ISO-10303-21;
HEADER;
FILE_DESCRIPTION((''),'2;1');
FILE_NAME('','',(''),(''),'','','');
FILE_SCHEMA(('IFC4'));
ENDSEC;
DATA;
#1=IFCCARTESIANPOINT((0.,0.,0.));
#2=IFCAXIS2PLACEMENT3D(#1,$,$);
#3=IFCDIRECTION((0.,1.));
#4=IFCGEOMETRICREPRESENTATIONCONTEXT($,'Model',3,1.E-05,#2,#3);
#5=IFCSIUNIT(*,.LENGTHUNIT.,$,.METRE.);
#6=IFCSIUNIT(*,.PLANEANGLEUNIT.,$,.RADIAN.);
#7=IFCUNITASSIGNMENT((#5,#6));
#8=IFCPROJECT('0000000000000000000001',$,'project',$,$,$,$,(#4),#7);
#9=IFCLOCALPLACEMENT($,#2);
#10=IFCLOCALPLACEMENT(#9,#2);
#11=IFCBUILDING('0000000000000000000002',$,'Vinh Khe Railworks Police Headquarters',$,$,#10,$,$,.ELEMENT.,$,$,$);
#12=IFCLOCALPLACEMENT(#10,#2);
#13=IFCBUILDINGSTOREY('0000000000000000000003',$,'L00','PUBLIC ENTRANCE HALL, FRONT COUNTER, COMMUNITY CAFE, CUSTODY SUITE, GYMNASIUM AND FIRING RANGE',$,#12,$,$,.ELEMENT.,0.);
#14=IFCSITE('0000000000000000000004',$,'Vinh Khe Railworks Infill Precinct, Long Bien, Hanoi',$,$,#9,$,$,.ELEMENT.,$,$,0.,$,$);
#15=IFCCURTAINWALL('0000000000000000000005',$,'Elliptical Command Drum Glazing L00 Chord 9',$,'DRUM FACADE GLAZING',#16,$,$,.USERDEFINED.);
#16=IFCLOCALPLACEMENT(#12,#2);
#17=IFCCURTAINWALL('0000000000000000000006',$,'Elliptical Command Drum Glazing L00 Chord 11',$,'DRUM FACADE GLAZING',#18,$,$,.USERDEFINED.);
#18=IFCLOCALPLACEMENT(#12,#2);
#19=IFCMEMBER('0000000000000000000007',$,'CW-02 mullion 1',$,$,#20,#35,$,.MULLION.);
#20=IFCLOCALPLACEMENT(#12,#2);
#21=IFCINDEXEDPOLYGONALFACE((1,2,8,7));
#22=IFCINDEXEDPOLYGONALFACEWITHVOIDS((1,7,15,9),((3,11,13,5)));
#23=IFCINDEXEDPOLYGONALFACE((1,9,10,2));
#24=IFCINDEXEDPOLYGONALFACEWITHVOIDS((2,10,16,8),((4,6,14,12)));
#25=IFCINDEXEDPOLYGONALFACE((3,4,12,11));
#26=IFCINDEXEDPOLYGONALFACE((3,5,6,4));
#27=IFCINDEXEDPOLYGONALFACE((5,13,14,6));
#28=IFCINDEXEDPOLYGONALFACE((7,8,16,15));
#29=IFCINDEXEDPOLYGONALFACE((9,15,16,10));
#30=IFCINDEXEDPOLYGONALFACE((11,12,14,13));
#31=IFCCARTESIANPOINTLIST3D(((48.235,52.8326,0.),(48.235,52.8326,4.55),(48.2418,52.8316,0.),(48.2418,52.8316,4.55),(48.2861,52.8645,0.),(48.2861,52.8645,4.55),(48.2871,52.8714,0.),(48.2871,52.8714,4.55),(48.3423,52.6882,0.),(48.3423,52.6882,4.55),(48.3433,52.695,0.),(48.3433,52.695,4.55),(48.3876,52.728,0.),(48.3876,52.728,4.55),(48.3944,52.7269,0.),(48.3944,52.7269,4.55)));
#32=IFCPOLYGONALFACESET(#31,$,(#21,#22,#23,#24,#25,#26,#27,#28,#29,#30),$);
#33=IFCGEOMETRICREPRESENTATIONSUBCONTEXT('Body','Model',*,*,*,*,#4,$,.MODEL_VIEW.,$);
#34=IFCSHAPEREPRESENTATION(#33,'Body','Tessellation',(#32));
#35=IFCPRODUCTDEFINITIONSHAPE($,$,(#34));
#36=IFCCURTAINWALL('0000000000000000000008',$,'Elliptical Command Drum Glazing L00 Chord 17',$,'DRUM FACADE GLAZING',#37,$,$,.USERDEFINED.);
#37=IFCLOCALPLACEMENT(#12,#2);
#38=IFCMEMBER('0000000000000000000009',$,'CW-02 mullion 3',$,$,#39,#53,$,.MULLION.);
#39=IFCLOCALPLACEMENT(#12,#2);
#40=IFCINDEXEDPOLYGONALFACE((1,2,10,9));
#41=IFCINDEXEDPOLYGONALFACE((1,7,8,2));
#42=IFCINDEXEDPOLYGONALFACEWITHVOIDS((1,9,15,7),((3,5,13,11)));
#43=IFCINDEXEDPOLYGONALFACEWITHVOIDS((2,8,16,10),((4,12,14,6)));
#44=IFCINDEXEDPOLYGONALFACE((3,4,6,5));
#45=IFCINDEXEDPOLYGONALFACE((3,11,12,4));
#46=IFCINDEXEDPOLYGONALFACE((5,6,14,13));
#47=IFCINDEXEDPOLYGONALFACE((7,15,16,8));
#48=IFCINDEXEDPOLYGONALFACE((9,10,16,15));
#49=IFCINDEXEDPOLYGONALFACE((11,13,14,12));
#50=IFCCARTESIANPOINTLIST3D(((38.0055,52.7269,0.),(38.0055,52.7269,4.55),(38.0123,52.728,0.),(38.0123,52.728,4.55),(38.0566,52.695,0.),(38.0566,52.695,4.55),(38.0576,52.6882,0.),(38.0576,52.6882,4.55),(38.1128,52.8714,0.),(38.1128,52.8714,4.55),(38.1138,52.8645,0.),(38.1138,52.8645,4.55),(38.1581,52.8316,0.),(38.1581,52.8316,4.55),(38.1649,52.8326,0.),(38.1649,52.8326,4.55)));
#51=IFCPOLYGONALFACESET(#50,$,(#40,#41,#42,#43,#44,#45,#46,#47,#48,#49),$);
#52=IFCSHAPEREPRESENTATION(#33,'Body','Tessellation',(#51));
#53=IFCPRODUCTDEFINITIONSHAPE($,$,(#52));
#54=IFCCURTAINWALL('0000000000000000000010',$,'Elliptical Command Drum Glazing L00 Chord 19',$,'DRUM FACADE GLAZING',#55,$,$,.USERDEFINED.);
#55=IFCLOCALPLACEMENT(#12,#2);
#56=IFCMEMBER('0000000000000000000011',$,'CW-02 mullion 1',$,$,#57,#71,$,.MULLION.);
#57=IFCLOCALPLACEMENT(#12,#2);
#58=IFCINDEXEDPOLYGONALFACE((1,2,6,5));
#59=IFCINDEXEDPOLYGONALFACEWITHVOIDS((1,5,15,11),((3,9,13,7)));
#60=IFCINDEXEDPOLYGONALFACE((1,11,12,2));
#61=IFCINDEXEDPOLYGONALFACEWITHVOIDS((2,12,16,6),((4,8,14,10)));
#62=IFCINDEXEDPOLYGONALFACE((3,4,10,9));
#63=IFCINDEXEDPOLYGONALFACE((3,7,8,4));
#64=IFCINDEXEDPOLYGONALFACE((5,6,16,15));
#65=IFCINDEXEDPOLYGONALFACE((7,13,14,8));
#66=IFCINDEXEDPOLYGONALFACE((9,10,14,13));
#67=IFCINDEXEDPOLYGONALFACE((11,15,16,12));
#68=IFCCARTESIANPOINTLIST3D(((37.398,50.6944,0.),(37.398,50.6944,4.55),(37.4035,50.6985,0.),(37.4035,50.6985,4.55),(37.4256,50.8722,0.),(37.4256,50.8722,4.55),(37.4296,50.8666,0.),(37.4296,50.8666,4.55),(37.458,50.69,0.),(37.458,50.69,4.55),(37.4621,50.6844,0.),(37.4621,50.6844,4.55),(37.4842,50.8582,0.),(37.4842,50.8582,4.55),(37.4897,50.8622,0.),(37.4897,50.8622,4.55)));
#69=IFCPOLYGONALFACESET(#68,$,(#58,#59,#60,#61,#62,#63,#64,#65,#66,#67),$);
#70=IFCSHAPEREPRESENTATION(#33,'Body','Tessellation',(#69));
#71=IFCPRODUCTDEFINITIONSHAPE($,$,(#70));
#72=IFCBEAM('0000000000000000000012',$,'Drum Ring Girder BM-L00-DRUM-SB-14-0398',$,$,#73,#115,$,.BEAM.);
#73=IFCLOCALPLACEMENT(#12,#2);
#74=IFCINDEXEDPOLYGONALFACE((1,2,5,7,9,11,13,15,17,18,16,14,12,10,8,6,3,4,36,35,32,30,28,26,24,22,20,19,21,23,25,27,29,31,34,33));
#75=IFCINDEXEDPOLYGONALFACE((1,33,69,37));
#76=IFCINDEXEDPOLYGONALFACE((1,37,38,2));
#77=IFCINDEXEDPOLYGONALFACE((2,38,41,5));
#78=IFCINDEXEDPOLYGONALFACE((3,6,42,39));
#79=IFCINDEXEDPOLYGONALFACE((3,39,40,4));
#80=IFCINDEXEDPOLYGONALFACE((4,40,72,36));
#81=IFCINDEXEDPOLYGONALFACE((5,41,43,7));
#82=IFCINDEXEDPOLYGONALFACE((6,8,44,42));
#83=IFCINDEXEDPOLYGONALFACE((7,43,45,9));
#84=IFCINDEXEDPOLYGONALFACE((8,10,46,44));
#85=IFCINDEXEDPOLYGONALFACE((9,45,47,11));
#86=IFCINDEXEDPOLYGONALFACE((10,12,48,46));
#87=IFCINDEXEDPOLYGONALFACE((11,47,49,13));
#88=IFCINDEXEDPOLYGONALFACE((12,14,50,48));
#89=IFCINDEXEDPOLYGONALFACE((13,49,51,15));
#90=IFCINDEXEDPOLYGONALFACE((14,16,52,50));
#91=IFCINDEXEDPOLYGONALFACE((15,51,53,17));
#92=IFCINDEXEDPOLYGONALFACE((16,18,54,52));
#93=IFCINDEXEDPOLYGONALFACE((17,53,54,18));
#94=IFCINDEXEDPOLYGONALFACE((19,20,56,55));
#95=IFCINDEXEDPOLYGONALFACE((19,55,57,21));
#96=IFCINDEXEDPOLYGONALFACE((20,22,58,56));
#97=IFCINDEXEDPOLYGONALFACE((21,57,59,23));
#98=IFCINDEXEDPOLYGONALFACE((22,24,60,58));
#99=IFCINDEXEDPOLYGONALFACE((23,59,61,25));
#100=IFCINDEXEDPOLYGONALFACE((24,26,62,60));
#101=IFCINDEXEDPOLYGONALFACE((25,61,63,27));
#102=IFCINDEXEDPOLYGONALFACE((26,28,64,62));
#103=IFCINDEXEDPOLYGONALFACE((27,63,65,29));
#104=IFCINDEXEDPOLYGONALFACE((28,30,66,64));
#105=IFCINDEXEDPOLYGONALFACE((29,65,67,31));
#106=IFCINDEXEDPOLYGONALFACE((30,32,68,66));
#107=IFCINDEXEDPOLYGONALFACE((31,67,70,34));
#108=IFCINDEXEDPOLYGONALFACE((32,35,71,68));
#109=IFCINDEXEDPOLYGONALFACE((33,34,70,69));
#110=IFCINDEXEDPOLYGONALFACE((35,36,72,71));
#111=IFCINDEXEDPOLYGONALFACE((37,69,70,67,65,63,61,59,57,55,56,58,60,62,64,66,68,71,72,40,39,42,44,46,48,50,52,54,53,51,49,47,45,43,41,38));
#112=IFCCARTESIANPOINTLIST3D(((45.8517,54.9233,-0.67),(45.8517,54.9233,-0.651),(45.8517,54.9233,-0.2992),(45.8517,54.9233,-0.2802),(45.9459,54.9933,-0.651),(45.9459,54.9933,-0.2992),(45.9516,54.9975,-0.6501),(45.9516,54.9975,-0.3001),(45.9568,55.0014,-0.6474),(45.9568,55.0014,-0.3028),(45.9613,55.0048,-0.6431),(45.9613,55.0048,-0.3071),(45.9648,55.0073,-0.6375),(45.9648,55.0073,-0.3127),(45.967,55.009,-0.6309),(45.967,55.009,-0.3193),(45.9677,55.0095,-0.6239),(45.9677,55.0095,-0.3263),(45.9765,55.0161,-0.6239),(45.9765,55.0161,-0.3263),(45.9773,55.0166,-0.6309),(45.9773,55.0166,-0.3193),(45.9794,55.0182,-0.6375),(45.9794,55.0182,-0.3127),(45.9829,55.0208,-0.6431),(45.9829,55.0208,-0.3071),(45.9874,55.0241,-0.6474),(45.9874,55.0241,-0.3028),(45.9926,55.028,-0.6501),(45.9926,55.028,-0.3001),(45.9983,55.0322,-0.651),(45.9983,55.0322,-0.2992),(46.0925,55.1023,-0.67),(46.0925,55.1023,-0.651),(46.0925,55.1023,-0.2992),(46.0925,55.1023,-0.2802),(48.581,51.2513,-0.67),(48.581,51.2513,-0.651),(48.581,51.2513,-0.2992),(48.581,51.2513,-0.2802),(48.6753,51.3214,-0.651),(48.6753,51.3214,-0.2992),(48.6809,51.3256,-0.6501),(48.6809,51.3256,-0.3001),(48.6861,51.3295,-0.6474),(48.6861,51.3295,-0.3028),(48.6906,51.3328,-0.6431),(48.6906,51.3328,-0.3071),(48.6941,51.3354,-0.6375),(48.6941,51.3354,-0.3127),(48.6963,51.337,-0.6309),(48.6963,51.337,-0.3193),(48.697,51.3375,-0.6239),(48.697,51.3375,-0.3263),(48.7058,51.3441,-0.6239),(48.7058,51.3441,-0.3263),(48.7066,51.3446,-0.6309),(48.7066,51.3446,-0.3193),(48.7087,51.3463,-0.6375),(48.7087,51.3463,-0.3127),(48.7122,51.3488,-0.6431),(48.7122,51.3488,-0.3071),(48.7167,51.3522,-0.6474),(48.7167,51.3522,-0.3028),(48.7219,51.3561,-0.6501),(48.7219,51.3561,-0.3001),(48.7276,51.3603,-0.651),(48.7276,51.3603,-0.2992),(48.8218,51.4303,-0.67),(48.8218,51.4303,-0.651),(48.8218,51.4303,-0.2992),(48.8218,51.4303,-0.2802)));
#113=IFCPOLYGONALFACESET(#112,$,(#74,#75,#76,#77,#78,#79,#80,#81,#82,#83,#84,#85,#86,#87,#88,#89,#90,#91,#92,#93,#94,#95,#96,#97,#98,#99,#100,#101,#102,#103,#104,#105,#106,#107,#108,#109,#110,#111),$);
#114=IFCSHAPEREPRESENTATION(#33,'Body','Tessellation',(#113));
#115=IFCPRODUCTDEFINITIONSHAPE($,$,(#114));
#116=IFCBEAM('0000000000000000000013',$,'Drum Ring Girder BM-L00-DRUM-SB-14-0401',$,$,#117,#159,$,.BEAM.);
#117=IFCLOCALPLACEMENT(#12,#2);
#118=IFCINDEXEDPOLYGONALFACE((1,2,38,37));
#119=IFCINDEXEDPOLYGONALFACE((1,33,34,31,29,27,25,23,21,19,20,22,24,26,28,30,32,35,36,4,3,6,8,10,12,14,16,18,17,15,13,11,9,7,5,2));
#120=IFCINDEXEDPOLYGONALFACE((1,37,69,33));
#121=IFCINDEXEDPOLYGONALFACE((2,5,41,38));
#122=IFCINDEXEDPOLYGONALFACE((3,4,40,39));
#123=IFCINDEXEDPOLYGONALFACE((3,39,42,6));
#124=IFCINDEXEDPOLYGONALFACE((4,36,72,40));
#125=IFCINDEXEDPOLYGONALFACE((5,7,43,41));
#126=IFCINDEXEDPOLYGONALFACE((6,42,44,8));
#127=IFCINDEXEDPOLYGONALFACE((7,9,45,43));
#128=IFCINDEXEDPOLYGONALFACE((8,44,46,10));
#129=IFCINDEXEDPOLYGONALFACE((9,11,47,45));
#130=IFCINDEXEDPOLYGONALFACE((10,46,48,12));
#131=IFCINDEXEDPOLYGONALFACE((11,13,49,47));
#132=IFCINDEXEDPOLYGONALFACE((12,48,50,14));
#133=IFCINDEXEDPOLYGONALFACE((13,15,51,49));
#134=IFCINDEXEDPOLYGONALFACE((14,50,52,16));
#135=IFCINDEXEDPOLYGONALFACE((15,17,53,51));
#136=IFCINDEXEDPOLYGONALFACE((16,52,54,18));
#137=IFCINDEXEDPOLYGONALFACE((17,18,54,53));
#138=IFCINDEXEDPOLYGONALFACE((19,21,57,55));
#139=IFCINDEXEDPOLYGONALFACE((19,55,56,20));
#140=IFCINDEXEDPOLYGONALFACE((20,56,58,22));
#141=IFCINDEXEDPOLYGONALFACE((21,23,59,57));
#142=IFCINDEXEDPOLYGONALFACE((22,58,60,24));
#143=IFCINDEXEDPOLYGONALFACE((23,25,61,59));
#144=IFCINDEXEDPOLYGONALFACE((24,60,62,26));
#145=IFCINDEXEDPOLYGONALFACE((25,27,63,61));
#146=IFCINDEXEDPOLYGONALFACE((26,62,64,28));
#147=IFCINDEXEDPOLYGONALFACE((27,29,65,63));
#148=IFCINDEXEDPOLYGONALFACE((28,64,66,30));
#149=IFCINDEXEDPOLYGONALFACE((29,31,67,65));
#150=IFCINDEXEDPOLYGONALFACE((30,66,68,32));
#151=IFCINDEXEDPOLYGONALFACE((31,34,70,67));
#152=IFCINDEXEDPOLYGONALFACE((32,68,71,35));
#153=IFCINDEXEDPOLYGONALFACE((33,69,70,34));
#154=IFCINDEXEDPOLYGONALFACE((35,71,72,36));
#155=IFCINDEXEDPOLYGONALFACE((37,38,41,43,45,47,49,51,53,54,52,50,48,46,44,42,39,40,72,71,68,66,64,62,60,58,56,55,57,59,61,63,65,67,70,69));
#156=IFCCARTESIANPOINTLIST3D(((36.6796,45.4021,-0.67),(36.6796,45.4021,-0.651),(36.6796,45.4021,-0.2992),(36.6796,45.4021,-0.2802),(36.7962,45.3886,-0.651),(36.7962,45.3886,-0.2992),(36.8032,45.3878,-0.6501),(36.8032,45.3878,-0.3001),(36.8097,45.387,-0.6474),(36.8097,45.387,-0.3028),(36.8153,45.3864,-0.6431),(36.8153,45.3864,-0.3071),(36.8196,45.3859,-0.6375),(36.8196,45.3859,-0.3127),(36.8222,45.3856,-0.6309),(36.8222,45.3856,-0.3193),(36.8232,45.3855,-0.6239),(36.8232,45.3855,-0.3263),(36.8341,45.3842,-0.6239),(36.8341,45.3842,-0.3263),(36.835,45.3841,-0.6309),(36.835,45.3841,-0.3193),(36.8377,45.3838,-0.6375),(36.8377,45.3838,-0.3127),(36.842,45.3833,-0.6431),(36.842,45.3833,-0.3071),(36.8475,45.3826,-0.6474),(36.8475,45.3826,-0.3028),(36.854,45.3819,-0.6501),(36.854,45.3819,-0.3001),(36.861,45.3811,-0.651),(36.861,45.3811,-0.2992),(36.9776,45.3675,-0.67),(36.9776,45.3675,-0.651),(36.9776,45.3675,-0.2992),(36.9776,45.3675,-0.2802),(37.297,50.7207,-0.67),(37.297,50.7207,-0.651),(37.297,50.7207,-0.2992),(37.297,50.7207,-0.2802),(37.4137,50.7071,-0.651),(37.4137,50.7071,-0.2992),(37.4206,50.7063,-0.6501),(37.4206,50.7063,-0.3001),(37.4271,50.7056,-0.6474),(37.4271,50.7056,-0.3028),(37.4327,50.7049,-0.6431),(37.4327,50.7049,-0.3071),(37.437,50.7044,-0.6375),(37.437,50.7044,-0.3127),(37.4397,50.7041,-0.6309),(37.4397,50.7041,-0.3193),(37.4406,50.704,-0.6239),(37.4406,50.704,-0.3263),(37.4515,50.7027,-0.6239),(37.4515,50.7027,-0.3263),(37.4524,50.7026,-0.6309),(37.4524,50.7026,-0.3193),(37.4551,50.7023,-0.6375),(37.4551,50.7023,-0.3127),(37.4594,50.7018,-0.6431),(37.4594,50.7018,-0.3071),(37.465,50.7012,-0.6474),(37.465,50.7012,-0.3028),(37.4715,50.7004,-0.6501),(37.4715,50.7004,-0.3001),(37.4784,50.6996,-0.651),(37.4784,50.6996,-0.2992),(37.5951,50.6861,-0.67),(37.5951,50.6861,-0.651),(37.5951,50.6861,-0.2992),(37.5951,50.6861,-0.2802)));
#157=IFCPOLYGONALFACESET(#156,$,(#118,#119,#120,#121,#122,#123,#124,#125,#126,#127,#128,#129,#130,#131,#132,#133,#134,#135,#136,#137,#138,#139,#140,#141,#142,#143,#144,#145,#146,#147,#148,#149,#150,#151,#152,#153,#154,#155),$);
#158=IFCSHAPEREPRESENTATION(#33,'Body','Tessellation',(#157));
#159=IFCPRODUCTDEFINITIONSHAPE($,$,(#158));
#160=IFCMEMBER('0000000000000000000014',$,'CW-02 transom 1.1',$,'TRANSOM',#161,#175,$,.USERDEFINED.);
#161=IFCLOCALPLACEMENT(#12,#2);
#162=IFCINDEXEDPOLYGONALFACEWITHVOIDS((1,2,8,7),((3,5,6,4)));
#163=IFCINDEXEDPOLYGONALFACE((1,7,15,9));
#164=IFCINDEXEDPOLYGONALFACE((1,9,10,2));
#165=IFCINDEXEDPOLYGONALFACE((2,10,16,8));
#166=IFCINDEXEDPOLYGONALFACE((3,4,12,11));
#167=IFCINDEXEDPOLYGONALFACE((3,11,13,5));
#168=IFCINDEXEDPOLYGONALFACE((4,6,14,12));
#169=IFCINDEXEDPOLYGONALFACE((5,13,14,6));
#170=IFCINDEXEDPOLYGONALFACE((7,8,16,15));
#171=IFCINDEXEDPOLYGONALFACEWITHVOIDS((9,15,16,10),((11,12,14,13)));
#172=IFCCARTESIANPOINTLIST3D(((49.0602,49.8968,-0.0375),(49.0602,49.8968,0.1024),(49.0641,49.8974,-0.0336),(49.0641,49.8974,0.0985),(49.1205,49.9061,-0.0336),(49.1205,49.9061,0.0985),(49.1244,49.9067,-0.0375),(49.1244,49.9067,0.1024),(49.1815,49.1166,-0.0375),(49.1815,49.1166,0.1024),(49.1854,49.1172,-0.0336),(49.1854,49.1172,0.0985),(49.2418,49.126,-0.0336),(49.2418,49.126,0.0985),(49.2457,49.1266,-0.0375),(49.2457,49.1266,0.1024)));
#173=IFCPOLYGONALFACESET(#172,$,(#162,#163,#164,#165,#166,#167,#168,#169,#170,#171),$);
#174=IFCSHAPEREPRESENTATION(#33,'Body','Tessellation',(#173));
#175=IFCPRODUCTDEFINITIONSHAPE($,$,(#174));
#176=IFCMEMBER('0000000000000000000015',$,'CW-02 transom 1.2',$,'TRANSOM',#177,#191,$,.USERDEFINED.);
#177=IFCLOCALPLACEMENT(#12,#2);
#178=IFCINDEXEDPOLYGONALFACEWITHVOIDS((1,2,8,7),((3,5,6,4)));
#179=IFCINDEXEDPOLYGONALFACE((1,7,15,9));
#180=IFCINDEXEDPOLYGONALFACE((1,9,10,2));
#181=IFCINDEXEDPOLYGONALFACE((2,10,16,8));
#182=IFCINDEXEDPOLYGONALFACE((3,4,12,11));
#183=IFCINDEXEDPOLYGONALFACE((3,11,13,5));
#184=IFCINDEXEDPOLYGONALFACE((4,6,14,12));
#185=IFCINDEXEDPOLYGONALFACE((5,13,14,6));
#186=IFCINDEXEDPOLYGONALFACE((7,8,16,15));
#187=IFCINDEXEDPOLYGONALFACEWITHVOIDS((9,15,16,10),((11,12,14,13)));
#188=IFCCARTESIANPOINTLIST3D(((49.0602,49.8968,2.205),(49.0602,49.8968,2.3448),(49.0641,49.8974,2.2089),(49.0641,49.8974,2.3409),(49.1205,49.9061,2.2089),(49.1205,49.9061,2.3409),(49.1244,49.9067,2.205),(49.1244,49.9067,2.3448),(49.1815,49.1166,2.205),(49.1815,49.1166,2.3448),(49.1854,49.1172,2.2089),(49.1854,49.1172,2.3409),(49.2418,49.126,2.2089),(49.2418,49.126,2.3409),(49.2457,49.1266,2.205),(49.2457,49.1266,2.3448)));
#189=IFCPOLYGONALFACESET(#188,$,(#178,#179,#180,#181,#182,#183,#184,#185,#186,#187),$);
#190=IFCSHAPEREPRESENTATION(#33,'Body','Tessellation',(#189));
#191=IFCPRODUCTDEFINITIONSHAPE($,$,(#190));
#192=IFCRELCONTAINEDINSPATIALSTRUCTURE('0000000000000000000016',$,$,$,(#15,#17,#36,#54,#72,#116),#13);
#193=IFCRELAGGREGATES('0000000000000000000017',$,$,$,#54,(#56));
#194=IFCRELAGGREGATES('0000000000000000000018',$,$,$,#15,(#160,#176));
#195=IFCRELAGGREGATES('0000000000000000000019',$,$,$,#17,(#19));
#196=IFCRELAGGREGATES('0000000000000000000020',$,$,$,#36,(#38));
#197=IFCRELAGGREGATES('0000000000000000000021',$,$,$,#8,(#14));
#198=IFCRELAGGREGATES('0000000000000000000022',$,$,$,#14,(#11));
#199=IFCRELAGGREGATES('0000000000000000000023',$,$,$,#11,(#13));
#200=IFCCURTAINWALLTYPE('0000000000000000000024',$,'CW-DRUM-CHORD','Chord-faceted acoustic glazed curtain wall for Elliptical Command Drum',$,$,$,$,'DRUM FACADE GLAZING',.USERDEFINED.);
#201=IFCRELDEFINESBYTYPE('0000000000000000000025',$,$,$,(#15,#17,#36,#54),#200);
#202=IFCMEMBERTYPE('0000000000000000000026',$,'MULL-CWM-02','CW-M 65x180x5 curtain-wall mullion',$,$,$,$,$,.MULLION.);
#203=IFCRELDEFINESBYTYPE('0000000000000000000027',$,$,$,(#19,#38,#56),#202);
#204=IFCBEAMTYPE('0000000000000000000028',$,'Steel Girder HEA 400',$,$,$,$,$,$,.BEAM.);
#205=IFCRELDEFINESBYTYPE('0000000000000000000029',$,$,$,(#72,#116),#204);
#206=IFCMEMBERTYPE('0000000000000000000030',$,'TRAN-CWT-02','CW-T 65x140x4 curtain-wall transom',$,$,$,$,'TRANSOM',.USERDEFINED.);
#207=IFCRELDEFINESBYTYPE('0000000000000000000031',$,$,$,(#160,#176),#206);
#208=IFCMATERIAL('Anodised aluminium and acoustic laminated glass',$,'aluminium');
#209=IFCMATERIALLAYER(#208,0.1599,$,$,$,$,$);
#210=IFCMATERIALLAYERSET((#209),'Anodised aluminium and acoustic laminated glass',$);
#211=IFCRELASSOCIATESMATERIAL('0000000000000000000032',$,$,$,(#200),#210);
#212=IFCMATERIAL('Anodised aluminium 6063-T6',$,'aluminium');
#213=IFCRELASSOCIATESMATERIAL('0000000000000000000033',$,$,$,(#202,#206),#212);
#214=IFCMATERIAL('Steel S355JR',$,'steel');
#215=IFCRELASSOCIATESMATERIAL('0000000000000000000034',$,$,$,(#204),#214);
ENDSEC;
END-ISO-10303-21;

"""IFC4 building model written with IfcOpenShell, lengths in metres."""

from ifc_helpers import new_model, si_unit, direction, frame, origin, origin_2d, place, context, subcontext, project, spatial, hollow_rectangle, i_section, extrude, material, layer, layer_set, material_profile, profile_set, type_object, element, aggregate, save


model = new_model("IFC4")

# Units and contexts
model_context = context("Model", 3, precision=1e-05, world=origin(), true_north=direction((0.0, 1.0)))
body_context = subcontext(model_context, "Body", "Model", "MODEL_VIEW")
ifc_project = project(units=[si_unit("LENGTHUNIT", "METRE"), si_unit("PLANEANGLEUNIT", "RADIAN")], contexts=[model_context])

# Site, building, storey
site_placement = place(None, origin())
site = spatial("IfcSite", under=ifc_project, at=site_placement, Name="Vinh Khe Railworks Infill Precinct, Long Bien, Hanoi", CompositionType="ELEMENT", RefElevation=0.0)
building_placement = place(site_placement, origin())
building = spatial("IfcBuilding", under=site, at=building_placement, Name="Vinh Khe Railworks Police Headquarters", CompositionType="ELEMENT")
storey_placement = place(building_placement, origin())
storey = spatial("IfcBuildingStorey", under=building, at=storey_placement, Name="L00", Description="PUBLIC ENTRANCE HALL, FRONT COUNTER, COMMUNITY CAFE, CUSTODY SUITE, GYMNASIUM AND FIRING RANGE", CompositionType="ELEMENT", Elevation=0.0)

# Shared definitions
ifc_material_1 = material(Name="Steel S355JR", Category="steel")

# Shared definitions
ifc_material_2 = material(Name="Anodised aluminium and acoustic laminated glass", Category="aluminium")
ifc_layer_1 = layer(ifc_material_2, 0.1599)
ifc_layer_set_1 = layer_set([ifc_layer_1], Name="Anodised aluminium and acoustic laminated glass")
curtain_wall_type = type_object("IfcCurtainWallType", Name="CW-DRUM-CHORD", Description="Chord-faceted acoustic glazed curtain wall for Elliptical Command Drum", ElementType="DRUM FACADE GLAZING", PredefinedType="USERDEFINED", material=ifc_layer_set_1)
ifc_material_3 = material(Name="Anodised aluminium 6063-T6", Category="aluminium")
ifc_material_profile_1 = material_profile(ifc_material_3, hollow_rectangle(XDim=0.0649, YDim=0.1799, WallThickness=0.0049, at=origin_2d()), Name="CW-M 65x180x5")
ifc_profile_set_1 = profile_set([ifc_material_profile_1], Name="Anodised aluminium 6063-T6")
member_type_1 = type_object("IfcMemberType", Name="MULL-CWM-02", Description="CW-M 65x180x5 curtain-wall mullion", PredefinedType="MULLION", material=ifc_profile_set_1)

# Curtain wall
curtain_wall_1_placement = place(storey_placement, origin())
curtain_wall_1 = element("IfcCurtainWall", 1, at=curtain_wall_1_placement, inside=storey, type_object=curtain_wall_type, Name="Elliptical Command Drum Glazing L00 Chord 9", ObjectType="DRUM FACADE GLAZING", PredefinedType="USERDEFINED")

# Curtain walls, members
curtain_wall_2_placement = place(storey_placement, origin())
curtain_wall_2 = element("IfcCurtainWall", 2, at=curtain_wall_2_placement, inside=storey, type_object=curtain_wall_type, Name="Elliptical Command Drum Glazing L00 Chord 11", ObjectType="DRUM FACADE GLAZING", PredefinedType="USERDEFINED")
member_1_placement = place(storey_placement, frame((48.3147, 52.7798, 0.0), z_axis=(0.0, 0.0, 1.0), x_axis=(-0.802592, -0.596528, 0.0)))
member_1 = element("IfcMember", 3, at=member_1_placement, type_object=member_type_1, Name="CW-02 mullion 1", PredefinedType="MULLION", context=body_context, shape_type="SweptSolid", body=[
    extrude(hollow_rectangle(XDim=0.0649, YDim=0.1799, WallThickness=0.0049, at=origin_2d()), origin(), (0.0, 0.0, 1.0), 4.55),
])
curtain_wall_3_placement = place(storey_placement, origin())
curtain_wall_3 = element("IfcCurtainWall", 4, at=curtain_wall_3_placement, inside=storey, type_object=curtain_wall_type, Name="Elliptical Command Drum Glazing L00 Chord 17", ObjectType="DRUM FACADE GLAZING", PredefinedType="USERDEFINED")
member_2_placement = place(storey_placement, frame((38.0852, 52.7798, 0.0), z_axis=(0.0, 0.0, 1.0), x_axis=(0.802592, -0.596528, 0.0)))
member_2 = element("IfcMember", 5, at=member_2_placement, type_object=member_type_1, Name="CW-02 mullion 3", PredefinedType="MULLION", context=body_context, shape_type="SweptSolid", body=[
    extrude(hollow_rectangle(XDim=0.0649, YDim=0.1799, WallThickness=0.0049, at=origin_2d()), origin(), (0.0, 0.0, 1.0), 4.55),
])
curtain_wall_4_placement = place(storey_placement, origin())
curtain_wall_4 = element("IfcCurtainWall", 6, at=curtain_wall_4_placement, inside=storey, type_object=curtain_wall_type, Name="Elliptical Command Drum Glazing L00 Chord 19", ObjectType="DRUM FACADE GLAZING", PredefinedType="USERDEFINED")
member_3_placement = place(storey_placement, frame((37.4438, 50.7783, 0.0), z_axis=(0.0, 0.0, 1.0), x_axis=(0.98815, -0.153491, 0.0)))
member_3 = element("IfcMember", 7, at=member_3_placement, type_object=member_type_1, Name="CW-02 mullion 1", PredefinedType="MULLION", context=body_context, shape_type="SweptSolid", body=[
    extrude(hollow_rectangle(XDim=0.0649, YDim=0.1799, WallThickness=0.0049, at=origin_2d()), origin(), (0.0, 0.0, 1.0), 4.55),
])
aggregate(curtain_wall_4, [member_3])

# Beams
ifc_material_profile_2 = material_profile(ifc_material_1, i_section(OverallWidth=0.3, OverallDepth=0.3899, WebThickness=0.011, FlangeThickness=0.019, FilletRadius=0.0271, at=origin_2d()), Name="HEA 400")
ifc_profile_set_2 = profile_set([ifc_material_profile_2], Name="Steel S355JR")
beam_type = type_object("IfcBeamType", Name="Steel Girder HEA 400", PredefinedType="BEAM", material=ifc_profile_set_2)
beam_1_placement = place(storey_placement, frame((48.7014, 51.3408, -0.4751), z_axis=(-0.596545, 0.80258, 0.0), x_axis=(-0.80258, -0.596545, 0.0)))
element("IfcBeam", 8, at=beam_1_placement, inside=storey, type_object=beam_type, Name="Drum Ring Girder BM-L00-DRUM-SB-14-0398", PredefinedType="BEAM", context=body_context, shape_type="SweptSolid", body=[
    extrude(i_section(OverallWidth=0.3, OverallDepth=0.3899, WebThickness=0.011, FlangeThickness=0.019, FilletRadius=0.0271, at=origin_2d()), origin(), (0.0, 0.0, 1.0), 4.5752),
])
beam_2_placement = place(storey_placement, frame((37.446, 50.7034, -0.4751), z_axis=(-0.115315, -0.993329, 0.0), x_axis=(0.993329, -0.115315, 0.0)))
element("IfcBeam", 9, at=beam_2_placement, inside=storey, type_object=beam_type, Name="Drum Ring Girder BM-L00-DRUM-SB-14-0401", PredefinedType="BEAM", context=body_context, shape_type="SweptSolid", body=[
    extrude(i_section(OverallWidth=0.3, OverallDepth=0.3899, WebThickness=0.011, FlangeThickness=0.019, FilletRadius=0.0271, at=origin_2d()), origin(), (0.0, 0.0, 1.0), 5.3542),
])

# Members
ifc_material_profile_3 = material_profile(ifc_material_3, hollow_rectangle(XDim=0.0649, YDim=0.1399, WallThickness=0.0039, at=origin_2d()), Name="CW-T 65x140x4")
ifc_profile_set_3 = profile_set([ifc_material_profile_3], Name="Anodised aluminium 6063-T6")
member_type_2 = type_object("IfcMemberType", Name="TRAN-CWT-02", Description="CW-T 65x140x4 curtain-wall transom", ElementType="TRANSOM", PredefinedType="USERDEFINED", material=ifc_profile_set_3)
member_4_placement = place(storey_placement, frame((49.2136, 49.1216, 0.0325), z_axis=(-0.15366, 0.988124, 0.0), x_axis=(-0.988124, -0.15366, 0.0)))
member_4 = element("IfcMember", 10, at=member_4_placement, type_object=member_type_2, Name="CW-02 transom 1.1", ObjectType="TRANSOM", PredefinedType="USERDEFINED", context=body_context, shape_type="SweptSolid", body=[
    extrude(hollow_rectangle(XDim=0.0649, YDim=0.1399, WallThickness=0.0039, at=origin_2d()), origin(), (0.0, 0.0, 1.0), 0.7896),
])
member_5_placement = place(storey_placement, frame((49.2136, 49.1216, 2.2749), z_axis=(-0.15366, 0.988124, 0.0), x_axis=(-0.988124, -0.15366, 0.0)))
member_5 = element("IfcMember", 11, at=member_5_placement, type_object=member_type_2, Name="CW-02 transom 1.2", ObjectType="TRANSOM", PredefinedType="USERDEFINED", context=body_context, shape_type="SweptSolid", body=[
    extrude(hollow_rectangle(XDim=0.0649, YDim=0.1399, WallThickness=0.0039, at=origin_2d()), origin(), (0.0, 0.0, 1.0), 0.7896),
])

aggregate(curtain_wall_1, [member_4, member_5])
aggregate(curtain_wall_2, [member_1])
aggregate(curtain_wall_3, [member_2])

save(model, "model.ifc")
